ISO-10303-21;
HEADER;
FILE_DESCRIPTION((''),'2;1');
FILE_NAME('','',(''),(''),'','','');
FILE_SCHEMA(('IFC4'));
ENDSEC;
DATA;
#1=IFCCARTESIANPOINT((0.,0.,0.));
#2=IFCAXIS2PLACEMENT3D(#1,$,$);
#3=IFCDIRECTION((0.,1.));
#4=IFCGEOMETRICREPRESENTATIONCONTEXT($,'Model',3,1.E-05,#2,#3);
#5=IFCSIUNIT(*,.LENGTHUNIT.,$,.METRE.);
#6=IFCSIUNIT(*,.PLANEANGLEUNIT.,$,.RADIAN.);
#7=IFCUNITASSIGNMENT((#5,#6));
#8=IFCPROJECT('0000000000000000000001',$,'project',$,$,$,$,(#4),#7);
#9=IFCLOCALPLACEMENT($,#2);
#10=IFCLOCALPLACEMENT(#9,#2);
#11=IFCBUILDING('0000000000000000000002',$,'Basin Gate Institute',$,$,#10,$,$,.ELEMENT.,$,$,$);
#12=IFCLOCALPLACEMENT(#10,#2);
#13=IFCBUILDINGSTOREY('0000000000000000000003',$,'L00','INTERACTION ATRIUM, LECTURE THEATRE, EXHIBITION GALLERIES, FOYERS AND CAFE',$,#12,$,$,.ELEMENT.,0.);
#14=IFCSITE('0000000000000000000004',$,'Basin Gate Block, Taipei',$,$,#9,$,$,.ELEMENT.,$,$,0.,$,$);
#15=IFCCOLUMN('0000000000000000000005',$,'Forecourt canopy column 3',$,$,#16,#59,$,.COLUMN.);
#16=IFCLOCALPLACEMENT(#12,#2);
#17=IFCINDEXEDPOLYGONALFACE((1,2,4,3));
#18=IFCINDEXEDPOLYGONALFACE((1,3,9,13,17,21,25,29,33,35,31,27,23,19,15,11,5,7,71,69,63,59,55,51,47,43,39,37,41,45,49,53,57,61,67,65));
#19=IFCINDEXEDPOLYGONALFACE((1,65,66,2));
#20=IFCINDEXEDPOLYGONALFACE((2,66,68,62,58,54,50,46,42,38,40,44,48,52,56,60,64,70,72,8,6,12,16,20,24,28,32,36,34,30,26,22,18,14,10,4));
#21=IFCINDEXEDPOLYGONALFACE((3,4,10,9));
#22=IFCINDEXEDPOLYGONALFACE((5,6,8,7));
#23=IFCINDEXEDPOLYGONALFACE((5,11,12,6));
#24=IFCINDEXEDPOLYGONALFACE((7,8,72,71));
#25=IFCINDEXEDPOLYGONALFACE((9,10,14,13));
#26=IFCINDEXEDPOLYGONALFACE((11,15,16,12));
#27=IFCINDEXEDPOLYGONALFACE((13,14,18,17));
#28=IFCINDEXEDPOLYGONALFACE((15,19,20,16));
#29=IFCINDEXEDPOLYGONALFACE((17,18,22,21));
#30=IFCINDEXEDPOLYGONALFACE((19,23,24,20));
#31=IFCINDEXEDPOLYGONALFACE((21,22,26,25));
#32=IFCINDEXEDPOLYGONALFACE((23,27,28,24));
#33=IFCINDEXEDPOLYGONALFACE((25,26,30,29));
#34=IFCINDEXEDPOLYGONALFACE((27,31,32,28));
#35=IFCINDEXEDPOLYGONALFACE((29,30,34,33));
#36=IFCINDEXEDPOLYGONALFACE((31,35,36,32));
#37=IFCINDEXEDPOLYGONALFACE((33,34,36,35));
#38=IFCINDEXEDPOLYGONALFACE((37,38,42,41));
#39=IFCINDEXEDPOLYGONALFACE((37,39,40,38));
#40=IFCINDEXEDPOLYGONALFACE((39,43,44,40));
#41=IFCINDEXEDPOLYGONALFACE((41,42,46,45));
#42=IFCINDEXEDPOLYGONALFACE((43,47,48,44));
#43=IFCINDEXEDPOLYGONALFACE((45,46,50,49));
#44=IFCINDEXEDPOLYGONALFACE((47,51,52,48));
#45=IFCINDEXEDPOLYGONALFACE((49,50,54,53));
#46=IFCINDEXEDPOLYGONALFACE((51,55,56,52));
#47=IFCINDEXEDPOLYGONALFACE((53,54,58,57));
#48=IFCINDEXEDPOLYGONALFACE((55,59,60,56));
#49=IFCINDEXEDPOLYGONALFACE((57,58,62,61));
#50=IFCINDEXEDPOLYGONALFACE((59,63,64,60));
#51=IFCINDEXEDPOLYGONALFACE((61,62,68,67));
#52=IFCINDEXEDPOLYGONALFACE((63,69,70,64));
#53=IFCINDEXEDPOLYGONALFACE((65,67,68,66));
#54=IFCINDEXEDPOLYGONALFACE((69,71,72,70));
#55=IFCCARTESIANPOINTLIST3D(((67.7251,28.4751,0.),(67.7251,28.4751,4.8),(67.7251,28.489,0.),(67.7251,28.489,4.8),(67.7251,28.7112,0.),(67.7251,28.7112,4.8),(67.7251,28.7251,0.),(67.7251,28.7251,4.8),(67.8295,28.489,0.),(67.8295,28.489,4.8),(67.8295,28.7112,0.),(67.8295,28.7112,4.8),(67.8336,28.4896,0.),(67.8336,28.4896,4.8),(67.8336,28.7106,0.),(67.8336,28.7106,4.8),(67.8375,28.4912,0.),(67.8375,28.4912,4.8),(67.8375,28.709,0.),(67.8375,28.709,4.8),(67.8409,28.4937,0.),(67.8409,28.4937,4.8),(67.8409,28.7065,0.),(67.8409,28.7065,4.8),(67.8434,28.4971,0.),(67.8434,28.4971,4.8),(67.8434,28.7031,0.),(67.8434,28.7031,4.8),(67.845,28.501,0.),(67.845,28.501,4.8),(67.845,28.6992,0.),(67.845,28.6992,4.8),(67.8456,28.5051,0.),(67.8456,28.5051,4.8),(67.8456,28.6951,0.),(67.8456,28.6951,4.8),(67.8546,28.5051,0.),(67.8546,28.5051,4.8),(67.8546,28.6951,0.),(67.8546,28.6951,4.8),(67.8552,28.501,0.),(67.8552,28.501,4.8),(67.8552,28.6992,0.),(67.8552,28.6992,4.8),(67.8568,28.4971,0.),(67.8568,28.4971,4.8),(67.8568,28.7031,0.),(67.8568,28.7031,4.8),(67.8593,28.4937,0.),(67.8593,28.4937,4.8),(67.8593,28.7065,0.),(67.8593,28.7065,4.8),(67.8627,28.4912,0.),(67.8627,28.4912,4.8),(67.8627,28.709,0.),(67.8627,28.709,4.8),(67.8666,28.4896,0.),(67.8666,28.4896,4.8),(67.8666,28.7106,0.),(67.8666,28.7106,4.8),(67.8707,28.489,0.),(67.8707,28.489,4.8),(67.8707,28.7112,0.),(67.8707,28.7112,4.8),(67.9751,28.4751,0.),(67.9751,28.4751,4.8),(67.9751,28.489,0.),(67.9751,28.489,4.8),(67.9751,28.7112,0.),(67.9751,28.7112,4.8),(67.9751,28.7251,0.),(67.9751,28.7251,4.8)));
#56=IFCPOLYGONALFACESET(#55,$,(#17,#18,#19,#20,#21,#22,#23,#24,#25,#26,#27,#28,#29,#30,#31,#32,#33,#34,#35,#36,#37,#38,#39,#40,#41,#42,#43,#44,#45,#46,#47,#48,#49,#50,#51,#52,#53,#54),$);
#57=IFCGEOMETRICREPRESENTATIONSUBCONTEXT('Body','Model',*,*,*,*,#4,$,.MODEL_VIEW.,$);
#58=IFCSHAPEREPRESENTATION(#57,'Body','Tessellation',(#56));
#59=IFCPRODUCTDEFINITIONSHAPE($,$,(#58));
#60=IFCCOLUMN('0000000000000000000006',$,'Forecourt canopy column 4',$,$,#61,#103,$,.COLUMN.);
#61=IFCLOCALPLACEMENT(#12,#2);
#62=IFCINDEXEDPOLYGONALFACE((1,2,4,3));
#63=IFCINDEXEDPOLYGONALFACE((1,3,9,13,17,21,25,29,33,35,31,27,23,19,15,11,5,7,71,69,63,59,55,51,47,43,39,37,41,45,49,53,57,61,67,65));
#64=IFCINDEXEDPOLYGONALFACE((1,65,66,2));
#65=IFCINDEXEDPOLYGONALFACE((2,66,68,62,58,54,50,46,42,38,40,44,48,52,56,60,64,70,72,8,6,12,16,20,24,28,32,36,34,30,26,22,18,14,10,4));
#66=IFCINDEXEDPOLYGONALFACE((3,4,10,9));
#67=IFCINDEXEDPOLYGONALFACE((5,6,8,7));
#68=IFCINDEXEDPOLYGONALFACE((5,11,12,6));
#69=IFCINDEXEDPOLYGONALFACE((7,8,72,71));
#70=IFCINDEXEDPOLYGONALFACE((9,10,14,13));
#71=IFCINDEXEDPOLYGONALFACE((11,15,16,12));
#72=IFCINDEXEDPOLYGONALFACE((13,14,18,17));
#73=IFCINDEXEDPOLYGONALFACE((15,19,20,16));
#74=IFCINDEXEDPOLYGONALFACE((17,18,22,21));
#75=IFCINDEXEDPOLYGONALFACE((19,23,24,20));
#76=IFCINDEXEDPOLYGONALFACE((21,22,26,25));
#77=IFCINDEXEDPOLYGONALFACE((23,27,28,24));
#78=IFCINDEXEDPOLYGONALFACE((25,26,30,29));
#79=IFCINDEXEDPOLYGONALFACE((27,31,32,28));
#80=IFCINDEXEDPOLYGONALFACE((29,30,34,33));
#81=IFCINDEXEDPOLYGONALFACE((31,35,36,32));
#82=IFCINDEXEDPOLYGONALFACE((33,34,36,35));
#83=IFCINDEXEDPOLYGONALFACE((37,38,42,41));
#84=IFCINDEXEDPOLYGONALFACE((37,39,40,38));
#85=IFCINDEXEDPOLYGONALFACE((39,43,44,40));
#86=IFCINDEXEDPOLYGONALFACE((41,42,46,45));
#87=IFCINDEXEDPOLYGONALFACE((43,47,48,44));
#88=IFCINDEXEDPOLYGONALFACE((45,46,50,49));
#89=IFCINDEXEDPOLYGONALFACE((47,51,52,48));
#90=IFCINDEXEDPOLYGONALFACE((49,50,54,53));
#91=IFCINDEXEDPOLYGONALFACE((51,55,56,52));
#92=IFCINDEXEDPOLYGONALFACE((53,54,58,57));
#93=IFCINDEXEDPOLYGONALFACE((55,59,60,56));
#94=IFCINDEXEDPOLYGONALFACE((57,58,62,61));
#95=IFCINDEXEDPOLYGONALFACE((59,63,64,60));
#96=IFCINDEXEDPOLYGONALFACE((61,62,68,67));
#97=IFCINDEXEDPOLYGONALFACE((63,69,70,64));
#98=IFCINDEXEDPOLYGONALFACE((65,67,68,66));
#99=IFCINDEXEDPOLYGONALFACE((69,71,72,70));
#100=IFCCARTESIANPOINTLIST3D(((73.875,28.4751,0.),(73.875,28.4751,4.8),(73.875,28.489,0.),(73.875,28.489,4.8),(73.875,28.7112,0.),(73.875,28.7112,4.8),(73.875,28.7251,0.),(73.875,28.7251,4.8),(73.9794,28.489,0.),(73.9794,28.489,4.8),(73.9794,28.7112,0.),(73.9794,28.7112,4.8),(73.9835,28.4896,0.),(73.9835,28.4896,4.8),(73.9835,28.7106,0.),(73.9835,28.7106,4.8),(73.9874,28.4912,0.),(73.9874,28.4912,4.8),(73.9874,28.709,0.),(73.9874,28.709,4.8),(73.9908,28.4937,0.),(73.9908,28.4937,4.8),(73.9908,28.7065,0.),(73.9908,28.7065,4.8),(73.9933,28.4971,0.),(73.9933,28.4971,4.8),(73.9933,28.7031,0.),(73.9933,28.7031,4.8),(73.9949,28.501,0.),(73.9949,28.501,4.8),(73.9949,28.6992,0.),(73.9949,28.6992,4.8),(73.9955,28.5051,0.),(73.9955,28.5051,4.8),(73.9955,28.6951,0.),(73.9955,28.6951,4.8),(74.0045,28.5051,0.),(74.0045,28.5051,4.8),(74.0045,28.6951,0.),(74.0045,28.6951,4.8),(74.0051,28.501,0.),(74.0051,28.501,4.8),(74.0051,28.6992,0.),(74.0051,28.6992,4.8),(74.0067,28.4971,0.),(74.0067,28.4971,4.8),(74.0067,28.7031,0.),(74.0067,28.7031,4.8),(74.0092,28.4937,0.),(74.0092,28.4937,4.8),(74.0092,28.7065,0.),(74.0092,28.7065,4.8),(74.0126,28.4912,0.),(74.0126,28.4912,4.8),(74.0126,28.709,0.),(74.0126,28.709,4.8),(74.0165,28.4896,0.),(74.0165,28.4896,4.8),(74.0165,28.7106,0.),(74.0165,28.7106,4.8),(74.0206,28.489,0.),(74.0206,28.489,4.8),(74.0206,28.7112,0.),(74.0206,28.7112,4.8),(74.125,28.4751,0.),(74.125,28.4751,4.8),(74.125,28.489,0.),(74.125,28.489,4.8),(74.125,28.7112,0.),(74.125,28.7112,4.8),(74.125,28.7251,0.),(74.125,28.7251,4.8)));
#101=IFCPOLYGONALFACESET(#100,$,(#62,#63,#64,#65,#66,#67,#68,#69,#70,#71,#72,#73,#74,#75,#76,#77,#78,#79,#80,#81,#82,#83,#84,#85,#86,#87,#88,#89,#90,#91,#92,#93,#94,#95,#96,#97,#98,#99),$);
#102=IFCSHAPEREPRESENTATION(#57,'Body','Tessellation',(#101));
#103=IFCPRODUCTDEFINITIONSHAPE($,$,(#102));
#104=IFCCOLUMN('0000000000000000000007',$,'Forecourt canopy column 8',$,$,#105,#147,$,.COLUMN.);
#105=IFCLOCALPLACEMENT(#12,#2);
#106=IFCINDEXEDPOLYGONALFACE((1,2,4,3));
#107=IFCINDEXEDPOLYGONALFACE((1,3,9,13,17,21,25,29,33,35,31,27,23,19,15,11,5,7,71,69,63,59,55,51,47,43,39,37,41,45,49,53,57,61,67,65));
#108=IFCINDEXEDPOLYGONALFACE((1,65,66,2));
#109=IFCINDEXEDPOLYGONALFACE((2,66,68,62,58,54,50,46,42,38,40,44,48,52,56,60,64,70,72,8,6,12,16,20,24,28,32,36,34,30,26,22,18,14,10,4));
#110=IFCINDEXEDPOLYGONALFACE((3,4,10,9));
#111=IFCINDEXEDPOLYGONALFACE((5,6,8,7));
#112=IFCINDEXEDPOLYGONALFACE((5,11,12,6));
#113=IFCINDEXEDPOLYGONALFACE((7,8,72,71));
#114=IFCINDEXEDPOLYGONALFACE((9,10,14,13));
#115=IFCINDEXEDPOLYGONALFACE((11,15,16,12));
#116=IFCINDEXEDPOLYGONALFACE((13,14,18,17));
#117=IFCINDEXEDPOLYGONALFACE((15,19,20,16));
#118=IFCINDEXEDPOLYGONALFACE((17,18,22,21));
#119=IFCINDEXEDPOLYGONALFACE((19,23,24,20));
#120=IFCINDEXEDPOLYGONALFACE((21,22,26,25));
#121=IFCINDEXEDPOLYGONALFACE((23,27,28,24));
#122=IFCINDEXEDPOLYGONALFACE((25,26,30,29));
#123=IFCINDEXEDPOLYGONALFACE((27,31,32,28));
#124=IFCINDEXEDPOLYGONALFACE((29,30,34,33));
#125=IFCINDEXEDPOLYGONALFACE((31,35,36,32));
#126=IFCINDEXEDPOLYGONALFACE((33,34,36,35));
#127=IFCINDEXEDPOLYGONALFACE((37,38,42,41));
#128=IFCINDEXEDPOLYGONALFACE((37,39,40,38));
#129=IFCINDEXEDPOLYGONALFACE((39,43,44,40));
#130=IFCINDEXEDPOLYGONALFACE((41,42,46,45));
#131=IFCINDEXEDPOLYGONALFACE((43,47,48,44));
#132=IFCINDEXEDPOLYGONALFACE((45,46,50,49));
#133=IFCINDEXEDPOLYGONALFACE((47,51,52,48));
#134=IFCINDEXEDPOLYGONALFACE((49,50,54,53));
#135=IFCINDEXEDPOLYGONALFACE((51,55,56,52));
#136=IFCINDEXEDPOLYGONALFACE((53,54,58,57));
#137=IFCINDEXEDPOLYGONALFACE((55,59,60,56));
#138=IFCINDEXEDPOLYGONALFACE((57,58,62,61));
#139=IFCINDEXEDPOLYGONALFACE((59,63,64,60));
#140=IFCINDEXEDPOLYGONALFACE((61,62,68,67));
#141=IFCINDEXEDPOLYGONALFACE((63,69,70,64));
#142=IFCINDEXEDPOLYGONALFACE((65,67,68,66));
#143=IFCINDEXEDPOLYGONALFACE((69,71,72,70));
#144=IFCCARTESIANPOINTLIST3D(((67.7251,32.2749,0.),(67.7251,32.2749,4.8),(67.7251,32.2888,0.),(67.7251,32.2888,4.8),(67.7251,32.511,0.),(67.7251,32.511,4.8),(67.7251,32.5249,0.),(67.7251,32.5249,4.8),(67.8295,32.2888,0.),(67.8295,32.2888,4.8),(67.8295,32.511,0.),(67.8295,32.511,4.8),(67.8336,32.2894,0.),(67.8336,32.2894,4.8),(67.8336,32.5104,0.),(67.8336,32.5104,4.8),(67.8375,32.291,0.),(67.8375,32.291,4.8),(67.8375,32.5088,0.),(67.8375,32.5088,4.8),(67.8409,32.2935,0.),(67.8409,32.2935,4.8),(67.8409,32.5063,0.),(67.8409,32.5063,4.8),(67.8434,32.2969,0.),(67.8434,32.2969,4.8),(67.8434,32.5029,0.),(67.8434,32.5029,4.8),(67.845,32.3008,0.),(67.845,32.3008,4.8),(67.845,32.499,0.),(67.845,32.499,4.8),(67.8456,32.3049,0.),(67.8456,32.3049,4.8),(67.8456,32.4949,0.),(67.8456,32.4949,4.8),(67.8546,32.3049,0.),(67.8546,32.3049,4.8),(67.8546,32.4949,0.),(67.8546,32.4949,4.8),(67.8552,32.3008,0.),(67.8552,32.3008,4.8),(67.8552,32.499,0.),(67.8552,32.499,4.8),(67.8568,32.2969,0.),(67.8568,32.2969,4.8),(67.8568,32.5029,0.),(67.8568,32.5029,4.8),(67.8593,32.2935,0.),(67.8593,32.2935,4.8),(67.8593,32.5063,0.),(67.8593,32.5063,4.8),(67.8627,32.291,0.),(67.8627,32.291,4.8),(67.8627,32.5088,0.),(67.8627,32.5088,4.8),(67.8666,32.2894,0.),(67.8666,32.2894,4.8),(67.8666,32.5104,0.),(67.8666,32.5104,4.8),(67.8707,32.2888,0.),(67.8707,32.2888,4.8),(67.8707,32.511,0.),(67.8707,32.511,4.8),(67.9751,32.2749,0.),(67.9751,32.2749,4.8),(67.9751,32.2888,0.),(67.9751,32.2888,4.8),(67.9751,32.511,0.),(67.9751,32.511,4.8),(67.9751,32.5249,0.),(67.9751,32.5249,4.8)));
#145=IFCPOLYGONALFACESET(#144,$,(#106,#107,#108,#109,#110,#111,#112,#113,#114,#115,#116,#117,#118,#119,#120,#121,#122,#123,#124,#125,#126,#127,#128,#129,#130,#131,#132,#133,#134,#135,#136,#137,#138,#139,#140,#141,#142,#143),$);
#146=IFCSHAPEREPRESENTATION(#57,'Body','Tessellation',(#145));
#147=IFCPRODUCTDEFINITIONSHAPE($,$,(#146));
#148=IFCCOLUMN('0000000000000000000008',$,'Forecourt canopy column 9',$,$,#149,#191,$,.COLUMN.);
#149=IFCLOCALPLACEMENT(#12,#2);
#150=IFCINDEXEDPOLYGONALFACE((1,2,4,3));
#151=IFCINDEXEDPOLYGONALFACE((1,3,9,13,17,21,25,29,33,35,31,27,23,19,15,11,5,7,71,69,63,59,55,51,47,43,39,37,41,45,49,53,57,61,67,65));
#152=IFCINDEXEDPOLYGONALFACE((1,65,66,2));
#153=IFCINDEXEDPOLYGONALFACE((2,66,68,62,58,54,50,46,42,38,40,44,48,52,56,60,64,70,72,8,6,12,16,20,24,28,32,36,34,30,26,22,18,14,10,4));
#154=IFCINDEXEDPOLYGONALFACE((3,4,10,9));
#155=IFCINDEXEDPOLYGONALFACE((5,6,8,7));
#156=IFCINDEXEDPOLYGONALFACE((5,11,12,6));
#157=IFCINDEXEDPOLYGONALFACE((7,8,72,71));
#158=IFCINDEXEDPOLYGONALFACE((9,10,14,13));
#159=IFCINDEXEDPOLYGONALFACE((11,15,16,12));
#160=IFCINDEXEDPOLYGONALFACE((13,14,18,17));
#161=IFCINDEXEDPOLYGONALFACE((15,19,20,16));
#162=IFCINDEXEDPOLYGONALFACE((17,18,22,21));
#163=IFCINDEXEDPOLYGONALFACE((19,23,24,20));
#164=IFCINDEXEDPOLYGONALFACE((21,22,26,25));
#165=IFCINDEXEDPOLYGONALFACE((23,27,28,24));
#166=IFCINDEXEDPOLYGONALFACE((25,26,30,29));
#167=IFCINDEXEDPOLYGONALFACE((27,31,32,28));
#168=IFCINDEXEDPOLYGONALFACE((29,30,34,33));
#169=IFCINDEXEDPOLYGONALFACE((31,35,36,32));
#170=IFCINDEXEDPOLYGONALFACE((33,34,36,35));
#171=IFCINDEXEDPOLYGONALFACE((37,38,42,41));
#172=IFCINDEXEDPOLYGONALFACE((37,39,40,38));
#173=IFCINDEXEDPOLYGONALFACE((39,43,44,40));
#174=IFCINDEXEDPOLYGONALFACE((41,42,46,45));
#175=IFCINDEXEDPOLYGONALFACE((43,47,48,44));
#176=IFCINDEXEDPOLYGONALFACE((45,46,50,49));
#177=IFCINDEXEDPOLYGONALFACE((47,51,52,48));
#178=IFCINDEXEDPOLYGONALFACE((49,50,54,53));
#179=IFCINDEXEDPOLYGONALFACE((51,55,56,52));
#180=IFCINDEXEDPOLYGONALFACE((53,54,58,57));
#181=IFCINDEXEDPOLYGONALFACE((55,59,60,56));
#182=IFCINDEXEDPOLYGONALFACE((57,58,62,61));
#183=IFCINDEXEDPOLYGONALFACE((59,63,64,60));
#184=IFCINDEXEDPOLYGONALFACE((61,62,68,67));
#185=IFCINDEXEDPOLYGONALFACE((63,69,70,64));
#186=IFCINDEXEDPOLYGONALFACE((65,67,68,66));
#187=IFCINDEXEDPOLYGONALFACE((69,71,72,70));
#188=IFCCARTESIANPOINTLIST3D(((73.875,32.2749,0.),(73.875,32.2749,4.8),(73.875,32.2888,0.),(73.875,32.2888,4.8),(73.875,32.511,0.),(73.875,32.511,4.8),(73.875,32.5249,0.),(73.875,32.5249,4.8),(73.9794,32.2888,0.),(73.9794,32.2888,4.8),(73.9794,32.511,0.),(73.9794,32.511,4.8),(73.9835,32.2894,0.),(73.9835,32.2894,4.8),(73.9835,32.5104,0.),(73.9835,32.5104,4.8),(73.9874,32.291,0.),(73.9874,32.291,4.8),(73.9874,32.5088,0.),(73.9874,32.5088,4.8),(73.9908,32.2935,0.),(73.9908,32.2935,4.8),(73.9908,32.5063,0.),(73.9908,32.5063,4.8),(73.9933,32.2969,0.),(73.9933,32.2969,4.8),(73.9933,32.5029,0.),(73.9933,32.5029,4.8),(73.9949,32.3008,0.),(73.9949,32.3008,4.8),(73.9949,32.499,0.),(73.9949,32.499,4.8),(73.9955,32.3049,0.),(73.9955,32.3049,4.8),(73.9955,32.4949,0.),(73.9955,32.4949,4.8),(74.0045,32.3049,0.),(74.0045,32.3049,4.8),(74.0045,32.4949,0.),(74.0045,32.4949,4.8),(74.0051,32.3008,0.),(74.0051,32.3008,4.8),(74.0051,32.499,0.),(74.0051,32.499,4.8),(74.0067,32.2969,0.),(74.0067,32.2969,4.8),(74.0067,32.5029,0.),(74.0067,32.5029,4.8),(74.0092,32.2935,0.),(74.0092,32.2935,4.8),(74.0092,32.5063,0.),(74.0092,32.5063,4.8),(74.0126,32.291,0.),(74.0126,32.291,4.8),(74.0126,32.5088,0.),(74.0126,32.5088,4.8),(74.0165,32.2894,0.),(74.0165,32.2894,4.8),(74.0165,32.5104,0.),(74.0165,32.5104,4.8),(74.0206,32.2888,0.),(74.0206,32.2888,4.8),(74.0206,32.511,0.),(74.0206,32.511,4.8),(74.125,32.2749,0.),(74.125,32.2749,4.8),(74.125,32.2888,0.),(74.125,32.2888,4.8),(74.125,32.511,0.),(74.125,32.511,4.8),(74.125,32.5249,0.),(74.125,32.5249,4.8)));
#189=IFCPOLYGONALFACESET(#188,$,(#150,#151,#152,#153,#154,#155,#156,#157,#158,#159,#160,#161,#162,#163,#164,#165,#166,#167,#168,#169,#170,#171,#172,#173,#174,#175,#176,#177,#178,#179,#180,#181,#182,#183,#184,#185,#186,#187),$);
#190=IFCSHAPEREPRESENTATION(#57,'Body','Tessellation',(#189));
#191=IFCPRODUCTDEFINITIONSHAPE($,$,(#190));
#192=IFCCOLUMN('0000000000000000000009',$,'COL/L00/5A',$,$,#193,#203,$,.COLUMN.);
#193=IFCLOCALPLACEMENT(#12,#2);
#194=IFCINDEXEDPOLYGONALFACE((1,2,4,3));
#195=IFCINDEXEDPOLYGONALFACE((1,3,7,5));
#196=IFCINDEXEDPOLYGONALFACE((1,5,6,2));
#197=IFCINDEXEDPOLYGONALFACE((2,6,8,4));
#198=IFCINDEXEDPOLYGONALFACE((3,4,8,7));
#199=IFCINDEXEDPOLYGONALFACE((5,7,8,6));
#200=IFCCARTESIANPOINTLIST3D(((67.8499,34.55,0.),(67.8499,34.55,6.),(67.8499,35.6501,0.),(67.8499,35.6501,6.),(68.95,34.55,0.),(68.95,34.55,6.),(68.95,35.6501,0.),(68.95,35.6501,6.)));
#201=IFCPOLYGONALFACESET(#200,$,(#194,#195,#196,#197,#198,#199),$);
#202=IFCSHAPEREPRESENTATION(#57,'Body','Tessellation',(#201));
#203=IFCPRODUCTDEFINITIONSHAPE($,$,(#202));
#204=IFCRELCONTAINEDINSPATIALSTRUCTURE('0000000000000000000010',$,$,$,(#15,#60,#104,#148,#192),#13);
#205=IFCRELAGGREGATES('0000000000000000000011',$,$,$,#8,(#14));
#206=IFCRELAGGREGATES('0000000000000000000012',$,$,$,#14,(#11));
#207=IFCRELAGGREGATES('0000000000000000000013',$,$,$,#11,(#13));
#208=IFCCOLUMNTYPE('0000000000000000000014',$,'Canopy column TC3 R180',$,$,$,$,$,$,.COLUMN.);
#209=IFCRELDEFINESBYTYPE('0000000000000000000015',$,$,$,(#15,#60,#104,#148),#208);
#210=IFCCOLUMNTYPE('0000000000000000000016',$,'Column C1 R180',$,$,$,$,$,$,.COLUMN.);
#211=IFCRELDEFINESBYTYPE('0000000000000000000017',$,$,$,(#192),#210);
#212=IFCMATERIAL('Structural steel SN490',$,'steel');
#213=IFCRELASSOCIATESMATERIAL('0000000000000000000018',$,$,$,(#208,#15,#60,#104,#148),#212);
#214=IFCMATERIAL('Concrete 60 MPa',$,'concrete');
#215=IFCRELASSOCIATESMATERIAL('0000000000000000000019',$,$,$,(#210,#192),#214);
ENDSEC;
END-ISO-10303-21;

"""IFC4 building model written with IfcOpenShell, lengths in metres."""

from ifc_helpers import new_model, si_unit, direction, frame, origin, origin_2d, place, context, subcontext, project, spatial, rectangle, i_section, extrude, material, material_profile, profile_set, type_object, element, save


model = new_model("IFC4")

# Units and contexts
model_context = context("Model", 3, precision=1e-05, world=origin(), true_north=direction((0.0, 1.0)))
body_context = subcontext(model_context, "Body", "Model", "MODEL_VIEW")
ifc_project = project(units=[si_unit("LENGTHUNIT", "METRE"), si_unit("PLANEANGLEUNIT", "RADIAN")], contexts=[model_context])

# Site, building, storey
site_placement = place(None, origin())
site = spatial("IfcSite", under=ifc_project, at=site_placement, Name="Basin Gate Block, Taipei", CompositionType="ELEMENT", RefElevation=0.0)
building_placement = place(site_placement, origin())
building = spatial("IfcBuilding", under=site, at=building_placement, Name="Basin Gate Institute", CompositionType="ELEMENT")
storey_placement = place(building_placement, origin())
storey = spatial("IfcBuildingStorey", under=building, at=storey_placement, Name="L00", Description="INTERACTION ATRIUM, LECTURE THEATRE, EXHIBITION GALLERIES, FOYERS AND CAFE", CompositionType="ELEMENT", Elevation=0.0)

# Columns
ifc_material_1 = material(Name="Structural steel SN490", Category="steel")
ifc_material_profile_1 = material_profile(ifc_material_1, i_section(OverallWidth=0.25, OverallDepth=0.25, WebThickness=0.009, FlangeThickness=0.0139, FilletRadius=0.0161, at=origin_2d()), Name="H250x250")
ifc_profile_set_1 = profile_set([ifc_material_profile_1], Name="Structural steel SN490")
column_type_1 = type_object("IfcColumnType", Name="Canopy column TC3 R180", PredefinedType="COLUMN", material=ifc_profile_set_1)
for number, where, z_axis, x_axis, name in (
    (1, (67.8501, 28.6001, 0.0), (0.0, 0.0, 1.0), (1.0, 0.0, 0.0), "Forecourt canopy column 3"),
    (2, (74.0, 28.6001, 0.0), (0.0, 0.0, 1.0), (1.0, 0.0, 0.0), "Forecourt canopy column 4"),
    (3, (67.8501, 32.3999, 0.0), (0.0, 0.0, 1.0), (1.0, 0.0, 0.0), "Forecourt canopy column 8"),
    (4, (74.0, 32.3999, 0.0), (0.0, 0.0, 1.0), (1.0, 0.0, 0.0), "Forecourt canopy column 9"),
):
    element("IfcColumn", number, at=place(storey_placement, frame(where, z_axis=z_axis, x_axis=x_axis)), inside=storey, type_object=column_type_1, material=ifc_profile_set_1, Name=name, PredefinedType="COLUMN", context=body_context, shape_type="SweptSolid", body=[
        extrude(i_section(OverallWidth=0.25, OverallDepth=0.25, WebThickness=0.009, FlangeThickness=0.0139, FilletRadius=0.0161, at=origin_2d()), origin(), (0.0, 0.0, 1.0), 4.8),
    ])
ifc_material_2 = material(Name="Concrete 60 MPa", Category="concrete")
ifc_material_profile_2 = material_profile(ifc_material_2, rectangle(XDim=1.1001, YDim=1.1001, at=origin_2d()), Name="Column C1 1100 x 1100")
ifc_profile_set_2 = profile_set([ifc_material_profile_2], Name="Concrete 60 MPa")
column_type_2 = type_object("IfcColumnType", Name="Column C1 R180", PredefinedType="COLUMN", material=ifc_profile_set_2)
for number, where, z_axis, x_axis, name in (
    (5, (68.3999, 35.1001, 0.0), (0.0, 0.0, 1.0), (1.0, 0.0, 0.0), "COL/L00/5A"),
):
    element("IfcColumn", number, at=place(storey_placement, frame(where, z_axis=z_axis, x_axis=x_axis)), inside=storey, type_object=column_type_2, material=ifc_profile_set_2, Name=name, PredefinedType="COLUMN", context=body_context, shape_type="SweptSolid", body=[
        extrude(rectangle(XDim=1.1001, YDim=1.1001, at=origin_2d()), origin(), (0.0, 0.0, 1.0), 6.0),
    ])

save(model, "model.ifc")
